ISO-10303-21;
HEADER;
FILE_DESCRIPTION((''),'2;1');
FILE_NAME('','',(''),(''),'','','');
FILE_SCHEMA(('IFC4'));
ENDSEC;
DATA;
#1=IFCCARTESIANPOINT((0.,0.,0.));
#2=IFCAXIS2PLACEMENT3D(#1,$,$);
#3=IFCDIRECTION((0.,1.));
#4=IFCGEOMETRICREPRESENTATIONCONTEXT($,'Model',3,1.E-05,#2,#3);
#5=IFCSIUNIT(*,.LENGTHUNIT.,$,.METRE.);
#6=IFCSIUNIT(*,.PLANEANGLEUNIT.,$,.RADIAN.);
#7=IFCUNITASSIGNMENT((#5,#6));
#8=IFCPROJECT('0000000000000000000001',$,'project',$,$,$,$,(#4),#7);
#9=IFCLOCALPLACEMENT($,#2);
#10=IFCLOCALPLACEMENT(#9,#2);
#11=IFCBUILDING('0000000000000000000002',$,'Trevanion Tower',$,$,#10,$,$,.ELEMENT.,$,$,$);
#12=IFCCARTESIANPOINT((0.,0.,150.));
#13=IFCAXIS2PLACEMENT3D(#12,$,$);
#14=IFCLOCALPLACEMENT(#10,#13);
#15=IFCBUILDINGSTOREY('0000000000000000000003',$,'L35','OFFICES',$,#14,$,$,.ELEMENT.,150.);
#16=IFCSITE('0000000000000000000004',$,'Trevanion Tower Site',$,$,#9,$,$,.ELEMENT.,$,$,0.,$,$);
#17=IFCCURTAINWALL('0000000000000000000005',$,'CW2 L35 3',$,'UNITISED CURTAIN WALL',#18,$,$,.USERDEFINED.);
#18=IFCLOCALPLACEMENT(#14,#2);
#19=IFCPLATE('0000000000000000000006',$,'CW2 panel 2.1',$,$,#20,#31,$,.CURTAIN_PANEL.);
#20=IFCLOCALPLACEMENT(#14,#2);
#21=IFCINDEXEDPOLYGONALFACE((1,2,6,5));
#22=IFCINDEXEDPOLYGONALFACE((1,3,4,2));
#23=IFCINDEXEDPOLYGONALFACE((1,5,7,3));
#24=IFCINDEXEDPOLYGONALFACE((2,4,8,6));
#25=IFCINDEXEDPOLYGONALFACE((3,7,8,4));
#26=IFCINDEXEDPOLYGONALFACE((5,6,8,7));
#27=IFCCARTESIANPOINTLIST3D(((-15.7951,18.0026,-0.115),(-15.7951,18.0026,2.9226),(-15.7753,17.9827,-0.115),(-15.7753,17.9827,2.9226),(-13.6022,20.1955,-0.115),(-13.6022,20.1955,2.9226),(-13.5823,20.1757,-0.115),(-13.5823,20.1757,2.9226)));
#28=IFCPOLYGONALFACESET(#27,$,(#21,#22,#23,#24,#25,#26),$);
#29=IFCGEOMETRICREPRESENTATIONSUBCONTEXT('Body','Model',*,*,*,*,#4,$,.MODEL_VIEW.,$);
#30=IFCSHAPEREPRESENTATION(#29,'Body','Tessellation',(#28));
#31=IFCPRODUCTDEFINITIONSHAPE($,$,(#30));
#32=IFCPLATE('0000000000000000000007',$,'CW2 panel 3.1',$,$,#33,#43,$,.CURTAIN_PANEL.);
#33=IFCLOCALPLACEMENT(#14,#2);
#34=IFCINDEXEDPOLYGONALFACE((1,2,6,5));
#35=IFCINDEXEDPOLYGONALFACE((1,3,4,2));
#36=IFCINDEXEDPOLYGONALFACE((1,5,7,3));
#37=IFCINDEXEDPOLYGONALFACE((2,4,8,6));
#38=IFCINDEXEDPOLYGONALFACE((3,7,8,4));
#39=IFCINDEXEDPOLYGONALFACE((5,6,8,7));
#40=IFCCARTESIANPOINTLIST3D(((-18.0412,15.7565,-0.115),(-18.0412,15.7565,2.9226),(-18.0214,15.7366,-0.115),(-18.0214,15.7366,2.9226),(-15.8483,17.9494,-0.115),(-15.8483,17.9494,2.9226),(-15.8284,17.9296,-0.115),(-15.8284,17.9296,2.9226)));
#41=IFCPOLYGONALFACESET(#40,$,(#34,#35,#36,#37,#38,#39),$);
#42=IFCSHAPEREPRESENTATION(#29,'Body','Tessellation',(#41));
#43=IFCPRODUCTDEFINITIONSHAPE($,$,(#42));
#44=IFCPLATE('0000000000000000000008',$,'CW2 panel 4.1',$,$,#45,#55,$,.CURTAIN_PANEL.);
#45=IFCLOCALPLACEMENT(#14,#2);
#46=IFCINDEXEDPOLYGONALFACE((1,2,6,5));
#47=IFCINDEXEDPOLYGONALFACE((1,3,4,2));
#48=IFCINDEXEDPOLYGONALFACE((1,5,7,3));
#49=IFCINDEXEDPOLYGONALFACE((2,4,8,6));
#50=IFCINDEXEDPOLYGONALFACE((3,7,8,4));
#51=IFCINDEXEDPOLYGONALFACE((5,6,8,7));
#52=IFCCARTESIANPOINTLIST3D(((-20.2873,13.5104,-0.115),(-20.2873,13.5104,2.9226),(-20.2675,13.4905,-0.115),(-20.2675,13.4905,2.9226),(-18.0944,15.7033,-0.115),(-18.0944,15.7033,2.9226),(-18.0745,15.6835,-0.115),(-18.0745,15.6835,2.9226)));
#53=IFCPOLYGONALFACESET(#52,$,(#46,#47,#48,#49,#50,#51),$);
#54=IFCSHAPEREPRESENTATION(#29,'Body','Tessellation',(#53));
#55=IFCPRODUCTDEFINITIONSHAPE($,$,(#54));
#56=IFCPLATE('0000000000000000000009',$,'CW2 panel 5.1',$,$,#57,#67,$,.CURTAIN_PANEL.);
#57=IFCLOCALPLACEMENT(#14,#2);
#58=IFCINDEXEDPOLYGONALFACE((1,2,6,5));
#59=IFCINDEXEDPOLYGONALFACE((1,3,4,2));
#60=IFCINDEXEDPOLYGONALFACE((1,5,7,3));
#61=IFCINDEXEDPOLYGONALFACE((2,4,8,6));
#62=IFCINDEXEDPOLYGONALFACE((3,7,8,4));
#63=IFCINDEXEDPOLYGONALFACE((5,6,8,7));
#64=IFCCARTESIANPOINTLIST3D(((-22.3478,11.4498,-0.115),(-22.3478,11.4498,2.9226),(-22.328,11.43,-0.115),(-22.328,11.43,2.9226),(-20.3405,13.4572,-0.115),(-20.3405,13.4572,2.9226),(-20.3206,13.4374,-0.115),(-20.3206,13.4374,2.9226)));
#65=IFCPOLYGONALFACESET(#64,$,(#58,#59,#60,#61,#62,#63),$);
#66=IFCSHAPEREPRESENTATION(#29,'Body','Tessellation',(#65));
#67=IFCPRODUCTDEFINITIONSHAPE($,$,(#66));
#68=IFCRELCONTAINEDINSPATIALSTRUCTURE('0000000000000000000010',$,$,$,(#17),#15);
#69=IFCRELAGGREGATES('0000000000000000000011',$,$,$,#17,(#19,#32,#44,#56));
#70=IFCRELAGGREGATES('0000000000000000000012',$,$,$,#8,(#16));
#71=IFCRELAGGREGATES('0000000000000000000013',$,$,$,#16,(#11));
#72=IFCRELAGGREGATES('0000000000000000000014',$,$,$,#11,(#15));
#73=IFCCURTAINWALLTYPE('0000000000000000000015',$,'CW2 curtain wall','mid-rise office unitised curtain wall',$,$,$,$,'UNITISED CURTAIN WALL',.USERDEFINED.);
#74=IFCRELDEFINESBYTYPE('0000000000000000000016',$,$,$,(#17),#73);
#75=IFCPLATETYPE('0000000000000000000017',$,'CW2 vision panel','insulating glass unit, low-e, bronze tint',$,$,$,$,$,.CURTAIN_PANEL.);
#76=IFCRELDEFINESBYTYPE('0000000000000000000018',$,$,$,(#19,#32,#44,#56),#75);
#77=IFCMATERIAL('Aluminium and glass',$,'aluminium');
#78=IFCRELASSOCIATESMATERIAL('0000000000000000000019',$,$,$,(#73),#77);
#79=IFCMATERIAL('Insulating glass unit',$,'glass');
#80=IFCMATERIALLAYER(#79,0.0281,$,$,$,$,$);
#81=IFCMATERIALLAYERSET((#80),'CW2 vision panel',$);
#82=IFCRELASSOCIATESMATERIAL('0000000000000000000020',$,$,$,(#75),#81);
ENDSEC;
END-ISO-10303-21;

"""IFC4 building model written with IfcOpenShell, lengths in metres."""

from ifc_helpers import new_model, si_unit, direction, frame, origin, origin_2d, place, context, subcontext, project, spatial, rectangle, extrude, material, layer, layer_set, type_object, element, aggregate, save


model = new_model("IFC4")

# Units and contexts
model_context = context("Model", 3, precision=1e-05, world=origin(), true_north=direction((0.0, 1.0)))
body_context = subcontext(model_context, "Body", "Model", "MODEL_VIEW")
ifc_project = project(units=[si_unit("LENGTHUNIT", "METRE"), si_unit("PLANEANGLEUNIT", "RADIAN")], contexts=[model_context])

# Site, building, storey
site_placement = place(None, origin())
site = spatial("IfcSite", under=ifc_project, at=site_placement, Name="Trevanion Tower Site", CompositionType="ELEMENT", RefElevation=0.0)
building_placement = place(site_placement, origin())
building = spatial("IfcBuilding", under=site, at=building_placement, Name="Trevanion Tower", CompositionType="ELEMENT")
storey_placement = place(building_placement, frame((0.0, 0.0, 150.0)))
storey = spatial("IfcBuildingStorey", under=building, at=storey_placement, Name="L35", Description="OFFICES", CompositionType="ELEMENT", Elevation=150.0)

# Curtain wall
ifc_material_1 = material(Name="Aluminium and glass", Category="aluminium")
curtain_wall_type = type_object("IfcCurtainWallType", Name="CW2 curtain wall", Description="mid-rise office unitised curtain wall", ElementType="UNITISED CURTAIN WALL", PredefinedType="USERDEFINED", material=ifc_material_1)
curtain_wall_1_placement = place(storey_placement, origin())
curtain_wall_1 = element("IfcCurtainWall", 1, at=curtain_wall_1_placement, inside=storey, type_object=curtain_wall_type, Name="CW2 L35 3", ObjectType="UNITISED CURTAIN WALL", PredefinedType="USERDEFINED")

# Plates
ifc_material_2 = material(Name="Insulating glass unit", Category="glass")
ifc_layer_1 = layer(ifc_material_2, 0.0281)
ifc_layer_set_1 = layer_set([ifc_layer_1], Name="CW2 vision panel")
plate_type_1 = type_object("IfcPlateType", Name="CW2 vision panel", Description="insulating glass unit, low-e, bronze tint", PredefinedType="CURTAIN_PANEL", material=ifc_layer_set_1)
plate_1_placement = place(storey_placement, frame((-14.6887, 19.0891, -0.115), z_axis=(0.0, 0.0, 1.0), x_axis=(-0.707107, -0.707107, 0.0)))
plate_1 = element("IfcPlate", 2, at=plate_1_placement, type_object=plate_type_1, Name="CW2 panel 2.1", PredefinedType="CURTAIN_PANEL", context=body_context, shape_type="SweptSolid", body=[
    extrude(rectangle(XDim=3.1013, YDim=0.0281, at=origin_2d()), origin(), (0.0, 0.0, 1.0), 3.0376),
])
plate_2_placement = place(storey_placement, frame((-16.9348, 16.843, -0.115), z_axis=(0.0, 0.0, 1.0), x_axis=(-0.707107, -0.707107, 0.0)))
plate_2 = element("IfcPlate", 3, at=plate_2_placement, type_object=plate_type_1, Name="CW2 panel 3.1", PredefinedType="CURTAIN_PANEL", context=body_context, shape_type="SweptSolid", body=[
    extrude(rectangle(XDim=3.1013, YDim=0.0281, at=origin_2d()), origin(), (0.0, 0.0, 1.0), 3.0376),
])
plate_3_placement = place(storey_placement, frame((-19.1809, 14.5969, -0.115), z_axis=(0.0, 0.0, 1.0), x_axis=(-0.707107, -0.707107, 0.0)))
plate_3 = element("IfcPlate", 4, at=plate_3_placement, type_object=plate_type_1, Name="CW2 panel 4.1", PredefinedType="CURTAIN_PANEL", context=body_context, shape_type="SweptSolid", body=[
    extrude(rectangle(XDim=3.1013, YDim=0.0281, at=origin_2d()), origin(), (0.0, 0.0, 1.0), 3.0376),
])
plate_4_placement = place(storey_placement, frame((-21.3342, 12.4436, -0.115), z_axis=(0.0, 0.0, 1.0), x_axis=(-0.707107, -0.707107, 0.0)))
plate_4 = element("IfcPlate", 5, at=plate_4_placement, type_object=plate_type_1, Name="CW2 panel 5.1", PredefinedType="CURTAIN_PANEL", context=body_context, shape_type="SweptSolid", body=[
    extrude(rectangle(XDim=2.8389, YDim=0.0281, at=origin_2d()), origin(), (0.0, 0.0, 1.0), 3.0376),
])
aggregate(curtain_wall_1, [plate_1, plate_2, plate_3, plate_4])

save(model, "model.ifc")
